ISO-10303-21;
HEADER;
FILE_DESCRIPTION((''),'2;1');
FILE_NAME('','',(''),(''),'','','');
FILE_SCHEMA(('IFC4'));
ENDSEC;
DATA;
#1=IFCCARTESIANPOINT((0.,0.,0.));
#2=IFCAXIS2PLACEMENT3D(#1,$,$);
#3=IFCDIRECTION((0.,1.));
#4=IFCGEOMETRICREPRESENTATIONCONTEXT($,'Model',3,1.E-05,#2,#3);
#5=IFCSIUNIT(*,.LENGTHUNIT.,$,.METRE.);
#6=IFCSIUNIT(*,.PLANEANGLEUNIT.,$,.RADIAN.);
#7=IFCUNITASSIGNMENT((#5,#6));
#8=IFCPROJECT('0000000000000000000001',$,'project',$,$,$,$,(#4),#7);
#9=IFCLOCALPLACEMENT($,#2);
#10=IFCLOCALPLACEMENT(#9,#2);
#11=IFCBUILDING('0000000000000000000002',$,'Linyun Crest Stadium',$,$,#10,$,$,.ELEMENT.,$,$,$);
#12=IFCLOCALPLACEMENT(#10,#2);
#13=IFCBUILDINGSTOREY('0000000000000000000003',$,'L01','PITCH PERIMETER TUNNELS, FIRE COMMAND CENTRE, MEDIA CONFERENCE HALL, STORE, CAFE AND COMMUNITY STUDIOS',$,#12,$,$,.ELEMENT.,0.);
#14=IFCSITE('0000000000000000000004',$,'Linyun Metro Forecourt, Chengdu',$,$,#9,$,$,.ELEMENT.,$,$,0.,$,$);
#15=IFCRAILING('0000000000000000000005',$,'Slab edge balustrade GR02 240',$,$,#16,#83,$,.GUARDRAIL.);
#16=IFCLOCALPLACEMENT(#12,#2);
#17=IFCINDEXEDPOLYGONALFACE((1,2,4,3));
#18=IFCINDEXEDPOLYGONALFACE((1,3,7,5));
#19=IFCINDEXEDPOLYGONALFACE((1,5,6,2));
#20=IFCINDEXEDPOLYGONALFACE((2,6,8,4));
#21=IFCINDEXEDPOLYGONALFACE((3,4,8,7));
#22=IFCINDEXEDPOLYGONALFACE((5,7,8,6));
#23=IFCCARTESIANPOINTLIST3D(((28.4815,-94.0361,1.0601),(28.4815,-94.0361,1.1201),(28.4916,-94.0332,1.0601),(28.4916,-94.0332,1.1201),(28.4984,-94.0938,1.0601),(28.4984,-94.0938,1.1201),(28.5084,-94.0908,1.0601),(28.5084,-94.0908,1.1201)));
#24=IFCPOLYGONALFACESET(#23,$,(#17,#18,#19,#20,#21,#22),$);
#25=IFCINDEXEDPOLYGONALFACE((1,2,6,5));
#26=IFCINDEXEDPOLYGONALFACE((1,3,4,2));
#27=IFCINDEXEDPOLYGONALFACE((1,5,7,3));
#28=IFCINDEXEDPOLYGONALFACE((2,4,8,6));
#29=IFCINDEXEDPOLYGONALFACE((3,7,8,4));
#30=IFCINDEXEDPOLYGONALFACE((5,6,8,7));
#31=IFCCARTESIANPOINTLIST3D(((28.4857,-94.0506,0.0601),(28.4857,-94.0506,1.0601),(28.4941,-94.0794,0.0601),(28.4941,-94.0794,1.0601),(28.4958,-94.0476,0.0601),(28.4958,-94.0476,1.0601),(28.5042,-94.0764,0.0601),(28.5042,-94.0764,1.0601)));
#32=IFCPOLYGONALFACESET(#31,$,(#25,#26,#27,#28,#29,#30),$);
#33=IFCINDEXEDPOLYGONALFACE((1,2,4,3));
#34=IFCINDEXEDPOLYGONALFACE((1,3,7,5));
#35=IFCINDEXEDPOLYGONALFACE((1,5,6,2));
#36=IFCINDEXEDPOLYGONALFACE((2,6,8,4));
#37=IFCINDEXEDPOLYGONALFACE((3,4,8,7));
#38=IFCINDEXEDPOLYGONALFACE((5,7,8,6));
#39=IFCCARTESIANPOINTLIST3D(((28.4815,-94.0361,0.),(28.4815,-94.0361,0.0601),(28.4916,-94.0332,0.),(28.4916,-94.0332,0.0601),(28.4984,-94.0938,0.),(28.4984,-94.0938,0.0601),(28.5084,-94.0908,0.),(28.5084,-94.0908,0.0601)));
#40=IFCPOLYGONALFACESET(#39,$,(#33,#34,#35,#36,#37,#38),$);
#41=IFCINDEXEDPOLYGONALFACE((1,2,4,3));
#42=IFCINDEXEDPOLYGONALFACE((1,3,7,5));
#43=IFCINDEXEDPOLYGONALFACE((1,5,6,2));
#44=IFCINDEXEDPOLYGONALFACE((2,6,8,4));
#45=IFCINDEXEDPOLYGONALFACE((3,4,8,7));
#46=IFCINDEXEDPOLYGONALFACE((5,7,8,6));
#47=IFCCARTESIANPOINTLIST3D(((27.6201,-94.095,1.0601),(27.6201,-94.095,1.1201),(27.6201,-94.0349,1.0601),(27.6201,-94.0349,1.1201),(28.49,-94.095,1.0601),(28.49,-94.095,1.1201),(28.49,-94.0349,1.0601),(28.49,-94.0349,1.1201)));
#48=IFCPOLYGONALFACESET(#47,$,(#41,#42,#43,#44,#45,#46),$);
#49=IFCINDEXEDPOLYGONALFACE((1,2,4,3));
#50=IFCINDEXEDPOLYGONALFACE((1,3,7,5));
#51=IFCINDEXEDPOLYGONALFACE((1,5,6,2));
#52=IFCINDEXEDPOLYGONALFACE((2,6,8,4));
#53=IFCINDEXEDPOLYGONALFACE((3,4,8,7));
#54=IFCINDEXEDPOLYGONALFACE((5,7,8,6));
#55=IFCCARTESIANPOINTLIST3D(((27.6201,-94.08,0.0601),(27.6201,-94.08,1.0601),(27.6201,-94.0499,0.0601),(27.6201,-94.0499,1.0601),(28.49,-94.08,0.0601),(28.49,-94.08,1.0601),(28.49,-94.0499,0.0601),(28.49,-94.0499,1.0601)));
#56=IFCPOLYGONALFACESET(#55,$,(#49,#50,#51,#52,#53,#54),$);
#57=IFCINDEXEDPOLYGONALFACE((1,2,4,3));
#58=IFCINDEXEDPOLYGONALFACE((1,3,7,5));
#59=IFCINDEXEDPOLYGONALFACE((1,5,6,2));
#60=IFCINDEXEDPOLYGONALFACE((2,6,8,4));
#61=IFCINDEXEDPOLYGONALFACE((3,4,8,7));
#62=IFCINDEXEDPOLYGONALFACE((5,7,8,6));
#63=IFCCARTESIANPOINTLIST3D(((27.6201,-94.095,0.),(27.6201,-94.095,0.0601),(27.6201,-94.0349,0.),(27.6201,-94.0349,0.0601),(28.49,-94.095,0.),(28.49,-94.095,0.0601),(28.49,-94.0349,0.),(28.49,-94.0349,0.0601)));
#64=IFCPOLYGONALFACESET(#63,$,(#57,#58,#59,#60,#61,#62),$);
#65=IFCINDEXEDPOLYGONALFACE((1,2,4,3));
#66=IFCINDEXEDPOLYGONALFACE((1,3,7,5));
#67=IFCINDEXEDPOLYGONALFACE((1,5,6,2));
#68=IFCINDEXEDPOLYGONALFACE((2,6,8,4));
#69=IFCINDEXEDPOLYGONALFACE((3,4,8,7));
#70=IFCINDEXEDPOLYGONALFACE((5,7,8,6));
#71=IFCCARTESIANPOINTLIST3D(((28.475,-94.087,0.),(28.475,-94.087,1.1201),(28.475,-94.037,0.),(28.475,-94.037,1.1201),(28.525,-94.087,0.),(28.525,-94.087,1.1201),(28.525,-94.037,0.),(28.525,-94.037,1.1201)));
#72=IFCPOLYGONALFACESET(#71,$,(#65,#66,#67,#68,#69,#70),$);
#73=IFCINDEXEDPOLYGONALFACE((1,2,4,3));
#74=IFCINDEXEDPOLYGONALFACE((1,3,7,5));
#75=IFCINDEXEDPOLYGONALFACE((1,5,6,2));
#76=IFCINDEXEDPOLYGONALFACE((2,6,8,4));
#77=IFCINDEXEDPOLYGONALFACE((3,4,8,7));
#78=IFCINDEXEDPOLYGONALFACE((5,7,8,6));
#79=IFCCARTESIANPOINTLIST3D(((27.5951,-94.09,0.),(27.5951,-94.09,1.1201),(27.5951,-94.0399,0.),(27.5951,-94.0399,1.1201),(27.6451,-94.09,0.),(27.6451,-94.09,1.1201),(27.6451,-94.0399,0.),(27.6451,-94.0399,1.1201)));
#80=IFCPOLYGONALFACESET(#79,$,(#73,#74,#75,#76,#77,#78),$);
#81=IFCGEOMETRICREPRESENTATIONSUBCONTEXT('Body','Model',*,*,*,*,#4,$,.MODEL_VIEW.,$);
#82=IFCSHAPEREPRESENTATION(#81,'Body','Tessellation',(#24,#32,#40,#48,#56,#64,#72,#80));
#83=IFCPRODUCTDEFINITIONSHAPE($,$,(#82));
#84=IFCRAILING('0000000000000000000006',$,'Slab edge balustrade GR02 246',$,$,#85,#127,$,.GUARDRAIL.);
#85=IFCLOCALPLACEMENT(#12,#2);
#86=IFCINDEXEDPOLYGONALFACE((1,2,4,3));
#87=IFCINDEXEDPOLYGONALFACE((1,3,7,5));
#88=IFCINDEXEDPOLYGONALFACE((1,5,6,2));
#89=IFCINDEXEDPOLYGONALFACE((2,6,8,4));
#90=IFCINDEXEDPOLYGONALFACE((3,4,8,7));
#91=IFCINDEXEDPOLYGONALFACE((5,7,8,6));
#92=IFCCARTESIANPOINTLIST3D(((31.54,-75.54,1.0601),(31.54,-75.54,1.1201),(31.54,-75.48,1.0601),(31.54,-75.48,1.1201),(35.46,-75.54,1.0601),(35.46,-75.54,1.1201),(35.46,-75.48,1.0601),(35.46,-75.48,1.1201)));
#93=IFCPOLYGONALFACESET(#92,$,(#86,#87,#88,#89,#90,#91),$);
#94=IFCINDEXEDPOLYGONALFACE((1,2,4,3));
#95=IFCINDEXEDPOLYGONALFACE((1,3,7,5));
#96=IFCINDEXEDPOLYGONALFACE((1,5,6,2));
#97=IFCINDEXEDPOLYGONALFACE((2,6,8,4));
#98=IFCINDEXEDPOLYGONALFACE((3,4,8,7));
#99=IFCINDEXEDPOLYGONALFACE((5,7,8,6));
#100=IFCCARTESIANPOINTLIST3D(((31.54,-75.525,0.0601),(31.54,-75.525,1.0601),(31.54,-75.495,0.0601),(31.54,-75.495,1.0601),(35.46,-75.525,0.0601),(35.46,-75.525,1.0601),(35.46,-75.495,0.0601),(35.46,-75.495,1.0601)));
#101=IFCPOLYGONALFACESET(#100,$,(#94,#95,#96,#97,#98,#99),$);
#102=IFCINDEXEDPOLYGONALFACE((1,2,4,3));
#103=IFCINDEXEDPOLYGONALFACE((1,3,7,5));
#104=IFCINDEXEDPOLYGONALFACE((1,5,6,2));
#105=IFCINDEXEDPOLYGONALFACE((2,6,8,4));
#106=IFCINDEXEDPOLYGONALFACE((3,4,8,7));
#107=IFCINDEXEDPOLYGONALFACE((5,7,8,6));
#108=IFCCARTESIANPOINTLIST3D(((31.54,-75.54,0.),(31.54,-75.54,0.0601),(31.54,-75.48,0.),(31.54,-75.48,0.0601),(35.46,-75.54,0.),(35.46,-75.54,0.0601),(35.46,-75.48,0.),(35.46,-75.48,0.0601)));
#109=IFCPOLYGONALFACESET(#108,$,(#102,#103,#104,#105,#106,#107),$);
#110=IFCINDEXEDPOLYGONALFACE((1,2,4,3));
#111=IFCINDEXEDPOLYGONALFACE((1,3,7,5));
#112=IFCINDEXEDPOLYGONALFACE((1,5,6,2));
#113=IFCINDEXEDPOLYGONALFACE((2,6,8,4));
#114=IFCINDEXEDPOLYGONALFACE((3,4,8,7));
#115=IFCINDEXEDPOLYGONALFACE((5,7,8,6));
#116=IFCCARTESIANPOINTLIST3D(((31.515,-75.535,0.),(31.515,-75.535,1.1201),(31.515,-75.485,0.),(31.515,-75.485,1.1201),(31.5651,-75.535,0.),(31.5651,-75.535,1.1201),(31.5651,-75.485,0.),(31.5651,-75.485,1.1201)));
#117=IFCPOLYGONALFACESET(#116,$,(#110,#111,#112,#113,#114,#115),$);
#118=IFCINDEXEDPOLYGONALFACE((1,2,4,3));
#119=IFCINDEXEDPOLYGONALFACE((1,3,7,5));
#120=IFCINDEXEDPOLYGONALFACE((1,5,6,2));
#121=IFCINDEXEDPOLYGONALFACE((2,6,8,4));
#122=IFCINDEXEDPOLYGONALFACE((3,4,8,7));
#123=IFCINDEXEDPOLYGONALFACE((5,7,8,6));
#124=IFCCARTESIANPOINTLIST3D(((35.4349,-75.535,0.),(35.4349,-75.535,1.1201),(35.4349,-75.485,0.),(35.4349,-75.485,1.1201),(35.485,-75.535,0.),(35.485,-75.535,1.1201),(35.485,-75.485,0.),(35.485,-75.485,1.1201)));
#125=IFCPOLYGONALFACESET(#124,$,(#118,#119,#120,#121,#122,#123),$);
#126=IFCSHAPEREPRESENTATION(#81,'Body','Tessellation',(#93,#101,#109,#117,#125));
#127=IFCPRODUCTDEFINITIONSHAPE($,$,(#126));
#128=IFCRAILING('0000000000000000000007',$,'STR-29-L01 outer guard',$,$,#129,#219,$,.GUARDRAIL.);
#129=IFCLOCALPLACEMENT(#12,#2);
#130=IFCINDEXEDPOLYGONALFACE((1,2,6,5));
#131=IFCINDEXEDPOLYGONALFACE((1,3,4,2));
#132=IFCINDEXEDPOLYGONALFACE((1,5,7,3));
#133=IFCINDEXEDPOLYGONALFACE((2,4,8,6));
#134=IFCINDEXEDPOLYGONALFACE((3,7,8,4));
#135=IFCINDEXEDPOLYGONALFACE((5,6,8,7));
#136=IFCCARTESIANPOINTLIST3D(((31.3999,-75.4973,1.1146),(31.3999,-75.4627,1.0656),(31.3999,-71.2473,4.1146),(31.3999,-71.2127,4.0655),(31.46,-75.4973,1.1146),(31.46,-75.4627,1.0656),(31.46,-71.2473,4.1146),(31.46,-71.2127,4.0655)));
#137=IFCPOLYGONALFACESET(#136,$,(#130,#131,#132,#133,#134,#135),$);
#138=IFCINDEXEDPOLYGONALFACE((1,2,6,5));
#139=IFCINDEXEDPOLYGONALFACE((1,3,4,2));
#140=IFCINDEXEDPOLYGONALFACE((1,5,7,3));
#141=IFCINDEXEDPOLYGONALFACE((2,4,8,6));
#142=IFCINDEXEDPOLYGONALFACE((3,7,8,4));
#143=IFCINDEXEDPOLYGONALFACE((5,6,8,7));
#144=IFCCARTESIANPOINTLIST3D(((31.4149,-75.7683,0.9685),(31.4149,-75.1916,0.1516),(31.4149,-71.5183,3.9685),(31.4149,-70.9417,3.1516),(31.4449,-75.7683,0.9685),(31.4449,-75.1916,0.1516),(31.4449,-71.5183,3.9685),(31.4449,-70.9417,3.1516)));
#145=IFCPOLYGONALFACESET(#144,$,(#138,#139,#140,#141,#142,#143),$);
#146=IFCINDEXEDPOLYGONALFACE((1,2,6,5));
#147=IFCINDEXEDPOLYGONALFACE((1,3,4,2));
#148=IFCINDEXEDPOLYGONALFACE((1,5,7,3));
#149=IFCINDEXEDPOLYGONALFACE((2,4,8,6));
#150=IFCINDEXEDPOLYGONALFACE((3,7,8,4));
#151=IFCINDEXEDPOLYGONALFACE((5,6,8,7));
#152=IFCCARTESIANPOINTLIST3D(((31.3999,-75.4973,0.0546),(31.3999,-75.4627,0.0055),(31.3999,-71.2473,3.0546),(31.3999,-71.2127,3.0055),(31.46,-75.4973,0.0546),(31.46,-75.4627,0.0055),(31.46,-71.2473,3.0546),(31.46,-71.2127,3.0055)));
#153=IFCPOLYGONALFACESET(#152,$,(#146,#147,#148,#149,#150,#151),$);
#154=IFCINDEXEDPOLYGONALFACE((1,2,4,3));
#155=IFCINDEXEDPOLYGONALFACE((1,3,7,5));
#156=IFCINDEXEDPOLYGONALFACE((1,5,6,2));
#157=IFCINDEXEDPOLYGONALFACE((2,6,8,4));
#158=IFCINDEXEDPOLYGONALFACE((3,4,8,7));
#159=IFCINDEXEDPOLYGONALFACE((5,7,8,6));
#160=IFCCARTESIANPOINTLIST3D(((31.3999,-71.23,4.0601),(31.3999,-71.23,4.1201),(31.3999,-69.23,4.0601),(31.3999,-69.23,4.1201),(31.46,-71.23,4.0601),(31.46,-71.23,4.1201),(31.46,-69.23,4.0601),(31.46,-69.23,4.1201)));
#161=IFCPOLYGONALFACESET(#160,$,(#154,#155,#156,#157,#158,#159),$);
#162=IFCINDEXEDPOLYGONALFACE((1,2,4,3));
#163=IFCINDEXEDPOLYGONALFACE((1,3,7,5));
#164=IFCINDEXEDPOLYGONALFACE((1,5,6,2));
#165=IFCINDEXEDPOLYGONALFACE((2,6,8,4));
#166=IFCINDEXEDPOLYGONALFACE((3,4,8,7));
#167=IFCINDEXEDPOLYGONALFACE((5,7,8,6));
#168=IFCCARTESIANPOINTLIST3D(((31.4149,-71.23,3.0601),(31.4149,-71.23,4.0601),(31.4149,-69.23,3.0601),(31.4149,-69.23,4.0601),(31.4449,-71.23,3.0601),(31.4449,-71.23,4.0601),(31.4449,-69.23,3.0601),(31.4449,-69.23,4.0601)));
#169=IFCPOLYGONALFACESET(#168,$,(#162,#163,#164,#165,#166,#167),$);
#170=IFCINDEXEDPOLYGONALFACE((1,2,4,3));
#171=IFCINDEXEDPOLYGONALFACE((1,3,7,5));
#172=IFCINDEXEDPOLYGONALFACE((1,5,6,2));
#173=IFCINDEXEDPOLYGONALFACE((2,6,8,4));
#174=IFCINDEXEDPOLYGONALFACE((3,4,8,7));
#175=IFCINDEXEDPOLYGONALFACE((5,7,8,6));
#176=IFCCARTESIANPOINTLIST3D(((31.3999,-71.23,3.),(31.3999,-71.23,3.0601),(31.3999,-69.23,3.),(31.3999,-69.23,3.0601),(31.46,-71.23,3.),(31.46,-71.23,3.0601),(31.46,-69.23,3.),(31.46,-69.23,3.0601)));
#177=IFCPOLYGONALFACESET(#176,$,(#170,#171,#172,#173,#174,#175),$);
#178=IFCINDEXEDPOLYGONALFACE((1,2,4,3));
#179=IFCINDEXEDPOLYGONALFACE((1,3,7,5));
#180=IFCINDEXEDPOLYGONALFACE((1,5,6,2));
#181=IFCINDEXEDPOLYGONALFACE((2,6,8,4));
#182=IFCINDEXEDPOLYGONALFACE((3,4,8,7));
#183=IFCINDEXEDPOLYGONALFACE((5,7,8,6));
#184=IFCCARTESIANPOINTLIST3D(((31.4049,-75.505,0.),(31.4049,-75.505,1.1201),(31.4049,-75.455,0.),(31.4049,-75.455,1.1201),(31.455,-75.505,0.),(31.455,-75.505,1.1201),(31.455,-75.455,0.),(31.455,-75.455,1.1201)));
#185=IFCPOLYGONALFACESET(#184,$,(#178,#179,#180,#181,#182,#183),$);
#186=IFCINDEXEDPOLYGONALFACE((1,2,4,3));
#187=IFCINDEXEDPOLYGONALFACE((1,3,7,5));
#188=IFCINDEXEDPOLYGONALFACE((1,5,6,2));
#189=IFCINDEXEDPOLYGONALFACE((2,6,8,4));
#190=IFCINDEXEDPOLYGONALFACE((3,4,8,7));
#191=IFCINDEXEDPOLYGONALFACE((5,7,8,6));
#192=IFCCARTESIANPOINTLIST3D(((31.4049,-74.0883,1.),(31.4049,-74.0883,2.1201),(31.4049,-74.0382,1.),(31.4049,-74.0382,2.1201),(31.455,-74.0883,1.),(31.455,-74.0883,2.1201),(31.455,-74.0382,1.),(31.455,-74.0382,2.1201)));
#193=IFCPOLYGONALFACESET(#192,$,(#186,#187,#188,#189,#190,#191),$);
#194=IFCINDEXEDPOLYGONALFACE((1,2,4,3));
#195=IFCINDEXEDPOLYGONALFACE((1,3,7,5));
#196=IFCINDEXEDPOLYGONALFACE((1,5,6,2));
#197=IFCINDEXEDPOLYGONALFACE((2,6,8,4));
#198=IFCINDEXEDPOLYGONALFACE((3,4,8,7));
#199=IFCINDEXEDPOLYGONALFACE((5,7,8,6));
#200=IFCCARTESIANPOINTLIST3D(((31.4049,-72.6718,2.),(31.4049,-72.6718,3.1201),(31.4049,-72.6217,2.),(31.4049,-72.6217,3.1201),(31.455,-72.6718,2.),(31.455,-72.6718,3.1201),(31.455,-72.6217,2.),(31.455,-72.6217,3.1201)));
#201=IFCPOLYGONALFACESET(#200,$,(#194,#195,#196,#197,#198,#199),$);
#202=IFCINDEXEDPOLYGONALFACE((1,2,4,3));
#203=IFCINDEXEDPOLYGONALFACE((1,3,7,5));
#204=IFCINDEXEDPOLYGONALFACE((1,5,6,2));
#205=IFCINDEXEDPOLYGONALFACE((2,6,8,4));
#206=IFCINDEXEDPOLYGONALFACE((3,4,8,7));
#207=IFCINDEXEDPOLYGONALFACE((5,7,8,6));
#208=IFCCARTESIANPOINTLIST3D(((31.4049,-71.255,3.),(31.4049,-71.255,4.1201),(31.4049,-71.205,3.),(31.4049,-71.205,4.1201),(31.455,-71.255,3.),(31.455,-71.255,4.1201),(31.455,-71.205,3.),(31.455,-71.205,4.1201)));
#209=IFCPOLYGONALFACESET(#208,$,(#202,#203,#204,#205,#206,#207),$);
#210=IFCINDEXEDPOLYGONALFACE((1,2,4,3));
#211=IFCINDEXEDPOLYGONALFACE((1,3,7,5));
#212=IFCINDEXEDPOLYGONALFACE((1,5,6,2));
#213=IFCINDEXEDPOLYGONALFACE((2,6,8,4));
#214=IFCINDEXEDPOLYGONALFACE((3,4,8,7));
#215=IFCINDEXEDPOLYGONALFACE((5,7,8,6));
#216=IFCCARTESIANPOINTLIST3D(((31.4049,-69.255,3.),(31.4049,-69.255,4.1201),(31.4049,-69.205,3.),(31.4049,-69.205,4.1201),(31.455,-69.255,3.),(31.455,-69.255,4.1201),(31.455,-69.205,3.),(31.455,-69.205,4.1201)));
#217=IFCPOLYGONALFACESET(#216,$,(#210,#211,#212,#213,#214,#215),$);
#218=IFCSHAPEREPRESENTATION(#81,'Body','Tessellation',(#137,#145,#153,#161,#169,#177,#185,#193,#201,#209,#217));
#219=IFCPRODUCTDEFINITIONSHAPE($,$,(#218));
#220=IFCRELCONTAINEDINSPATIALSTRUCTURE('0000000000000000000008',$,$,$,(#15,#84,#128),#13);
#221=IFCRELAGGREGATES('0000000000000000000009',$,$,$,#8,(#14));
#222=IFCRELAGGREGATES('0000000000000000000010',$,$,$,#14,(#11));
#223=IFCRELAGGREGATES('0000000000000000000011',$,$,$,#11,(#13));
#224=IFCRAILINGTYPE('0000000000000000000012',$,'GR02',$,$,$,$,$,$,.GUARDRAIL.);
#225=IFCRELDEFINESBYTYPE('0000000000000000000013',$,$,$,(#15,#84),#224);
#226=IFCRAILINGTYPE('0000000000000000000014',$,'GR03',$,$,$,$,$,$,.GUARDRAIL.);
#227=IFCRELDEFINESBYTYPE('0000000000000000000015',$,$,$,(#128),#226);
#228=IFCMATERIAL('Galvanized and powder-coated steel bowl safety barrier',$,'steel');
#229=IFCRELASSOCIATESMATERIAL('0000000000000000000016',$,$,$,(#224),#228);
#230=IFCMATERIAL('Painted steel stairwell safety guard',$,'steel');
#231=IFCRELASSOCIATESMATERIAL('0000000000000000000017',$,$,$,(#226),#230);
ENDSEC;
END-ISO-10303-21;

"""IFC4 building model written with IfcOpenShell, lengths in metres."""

from ifc_helpers import new_model, si_unit, direction, frame, origin, origin_2d, place, context, subcontext, project, spatial, rectangle, extrude, material, type_object, element, save


model = new_model("IFC4")

# Units and contexts
model_context = context("Model", 3, precision=1e-05, world=origin(), true_north=direction((0.0, 1.0)))
body_context = subcontext(model_context, "Body", "Model", "MODEL_VIEW")
ifc_project = project(units=[si_unit("LENGTHUNIT", "METRE"), si_unit("PLANEANGLEUNIT", "RADIAN")], contexts=[model_context])

# Site, building, storey
site_placement = place(None, origin())
site = spatial("IfcSite", under=ifc_project, at=site_placement, Name="Linyun Metro Forecourt, Chengdu", CompositionType="ELEMENT", RefElevation=0.0)
building_placement = place(site_placement, origin())
building = spatial("IfcBuilding", under=site, at=building_placement, Name="Linyun Crest Stadium", CompositionType="ELEMENT")
storey_placement = place(building_placement, origin())
storey = spatial("IfcBuildingStorey", under=building, at=storey_placement, Name="L01", Description="PITCH PERIMETER TUNNELS, FIRE COMMAND CENTRE, MEDIA CONFERENCE HALL, STORE, CAFE AND COMMUNITY STUDIOS", CompositionType="ELEMENT", Elevation=0.0)

# Railings
ifc_material_1 = material(Name="Galvanized and powder-coated steel bowl safety barrier", Category="steel")
railing_type_1 = type_object("IfcRailingType", Name="GR02", PredefinedType="GUARDRAIL", material=ifc_material_1)
railing_1_placement = place(storey_placement, frame((28.5, -94.062, 0.0)))
element("IfcRailing", 1, at=railing_1_placement, inside=storey, type_object=railing_type_1, Name="Slab edge balustrade GR02 240", PredefinedType="GUARDRAIL", context=body_context, shape_type="SweptSolid", body=[
    extrude(rectangle(XDim=0.0601, YDim=0.0601, at=origin_2d()), frame((0.0, 0.0, 1.0901), z_axis=(-0.959737, -0.280899, 0.0), x_axis=(0.280899, -0.959737, 0.0)), (0.0, 0.0, 1.0), 0.0105),
    extrude(rectangle(XDim=0.03, YDim=1.0, at=origin_2d()), frame((0.0, 0.0, 0.5601), z_axis=(-0.959737, -0.280899, 0.0), x_axis=(0.280899, -0.959737, 0.0)), (0.0, 0.0, 1.0), 0.0105),
    extrude(rectangle(XDim=0.0601, YDim=0.0601, at=origin_2d()), frame((0.0, 0.0, 0.03), z_axis=(-0.959737, -0.280899, 0.0), x_axis=(0.280899, -0.959737, 0.0)), (0.0, 0.0, 1.0), 0.0105),
    extrude(rectangle(XDim=0.0601, YDim=0.0601, at=origin_2d()), frame((-0.01, -0.0029, 1.0901), z_axis=(-1.0, 0.0, 0.0), x_axis=(0.0, -1.0, 0.0)), (0.0, 0.0, 1.0), 0.8699),
    extrude(rectangle(XDim=0.03, YDim=1.0, at=origin_2d()), frame((-0.01, -0.0029, 0.5601), z_axis=(-1.0, 0.0, 0.0), x_axis=(0.0, -1.0, 0.0)), (0.0, 0.0, 1.0), 0.8699),
    extrude(rectangle(XDim=0.0601, YDim=0.0601, at=origin_2d()), frame((-0.01, -0.0029, 0.03), z_axis=(-1.0, 0.0, 0.0), x_axis=(0.0, -1.0, 0.0)), (0.0, 0.0, 1.0), 0.8699),
    extrude(rectangle(XDim=0.05, YDim=0.05, at=origin_2d()), origin(), (0.0, 0.0, 1.0), 1.1201),
    extrude(rectangle(XDim=0.05, YDim=0.05, at=origin_2d()), frame((-0.8799, -0.0029, 0.0)), (0.0, 0.0, 1.0), 1.1201),
])
railing_2_placement = place(storey_placement, frame((31.54, -75.51, 0.0)))
element("IfcRailing", 2, at=railing_2_placement, inside=storey, type_object=railing_type_1, Name="Slab edge balustrade GR02 246", PredefinedType="GUARDRAIL", context=body_context, shape_type="SweptSolid", body=[
    extrude(rectangle(XDim=0.0601, YDim=0.0601, at=origin_2d()), frame((0.0, 0.0, 1.0901), z_axis=(1.0, 0.0, 0.0), x_axis=(0.0, 1.0, 0.0)), (0.0, 0.0, 1.0), 3.9199),
    extrude(rectangle(XDim=0.03, YDim=1.0, at=origin_2d()), frame((0.0, 0.0, 0.5601), z_axis=(1.0, 0.0, 0.0), x_axis=(0.0, 1.0, 0.0)), (0.0, 0.0, 1.0), 3.9199),
    extrude(rectangle(XDim=0.0601, YDim=0.0601, at=origin_2d()), frame((0.0, 0.0, 0.03), z_axis=(1.0, 0.0, 0.0), x_axis=(0.0, 1.0, 0.0)), (0.0, 0.0, 1.0), 3.9199),
    extrude(rectangle(XDim=0.05, YDim=0.05, at=origin_2d()), origin(), (0.0, 0.0, 1.0), 1.1201),
    extrude(rectangle(XDim=0.05, YDim=0.05, at=origin_2d()), frame((3.9199, 0.0, 0.0)), (0.0, 0.0, 1.0), 1.1201),
])
ifc_material_2 = material(Name="Painted steel stairwell safety guard", Category="steel")
railing_type_2 = type_object("IfcRailingType", Name="GR03", PredefinedType="GUARDRAIL", material=ifc_material_2)
railing_3_placement = place(storey_placement, frame((31.4299, -75.48, 0.0)))
element("IfcRailing", 3, at=railing_3_placement, inside=storey, type_object=railing_type_2, Name="STR-29-L01 outer guard", PredefinedType="GUARDRAIL", context=body_context, shape_type="SweptSolid", body=[
    extrude(rectangle(XDim=0.0601, YDim=0.0601, at=origin_2d()), frame((0.0, 0.0, 1.0901), z_axis=(0.0, 0.816968, 0.576683), x_axis=(-1.0, 0.0, 0.0)), (0.0, 0.0, 1.0), 5.2021),
    extrude(rectangle(XDim=0.03, YDim=1.0, at=origin_2d()), frame((0.0, 0.0, 0.5601), z_axis=(0.0, 0.816968, 0.576683), x_axis=(-1.0, 0.0, 0.0)), (0.0, 0.0, 1.0), 5.2021),
    extrude(rectangle(XDim=0.0601, YDim=0.0601, at=origin_2d()), frame((0.0, 0.0, 0.03), z_axis=(0.0, 0.816968, 0.576683), x_axis=(-1.0, 0.0, 0.0)), (0.0, 0.0, 1.0), 5.2021),
    extrude(rectangle(XDim=0.0601, YDim=0.0601, at=origin_2d()), frame((0.0, 4.25, 4.0901), z_axis=(0.0, 1.0, 0.0), x_axis=(-1.0, 0.0, 0.0)), (0.0, 0.0, 1.0), 2.0),
    extrude(rectangle(XDim=0.03, YDim=1.0, at=origin_2d()), frame((0.0, 4.25, 3.5601), z_axis=(0.0, 1.0, 0.0), x_axis=(-1.0, 0.0, 0.0)), (0.0, 0.0, 1.0), 2.0),
    extrude(rectangle(XDim=0.0601, YDim=0.0601, at=origin_2d()), frame((0.0, 4.25, 3.03), z_axis=(0.0, 1.0, 0.0), x_axis=(-1.0, 0.0, 0.0)), (0.0, 0.0, 1.0), 2.0),
    extrude(rectangle(XDim=0.05, YDim=0.05, at=origin_2d()), origin(), (0.0, 0.0, 1.0), 1.1201),
    extrude(rectangle(XDim=0.05, YDim=0.05, at=origin_2d()), frame((0.0, 1.4167, 1.0)), (0.0, 0.0, 1.0), 1.1201),
    extrude(rectangle(XDim=0.05, YDim=0.05, at=origin_2d()), frame((0.0, 2.8333, 2.0)), (0.0, 0.0, 1.0), 1.1201),
    extrude(rectangle(XDim=0.05, YDim=0.05, at=origin_2d()), frame((0.0, 4.25, 3.0)), (0.0, 0.0, 1.0), 1.1201),
    extrude(rectangle(XDim=0.05, YDim=0.05, at=origin_2d()), frame((0.0, 6.25, 3.0)), (0.0, 0.0, 1.0), 1.1201),
])

save(model, "model.ifc")
